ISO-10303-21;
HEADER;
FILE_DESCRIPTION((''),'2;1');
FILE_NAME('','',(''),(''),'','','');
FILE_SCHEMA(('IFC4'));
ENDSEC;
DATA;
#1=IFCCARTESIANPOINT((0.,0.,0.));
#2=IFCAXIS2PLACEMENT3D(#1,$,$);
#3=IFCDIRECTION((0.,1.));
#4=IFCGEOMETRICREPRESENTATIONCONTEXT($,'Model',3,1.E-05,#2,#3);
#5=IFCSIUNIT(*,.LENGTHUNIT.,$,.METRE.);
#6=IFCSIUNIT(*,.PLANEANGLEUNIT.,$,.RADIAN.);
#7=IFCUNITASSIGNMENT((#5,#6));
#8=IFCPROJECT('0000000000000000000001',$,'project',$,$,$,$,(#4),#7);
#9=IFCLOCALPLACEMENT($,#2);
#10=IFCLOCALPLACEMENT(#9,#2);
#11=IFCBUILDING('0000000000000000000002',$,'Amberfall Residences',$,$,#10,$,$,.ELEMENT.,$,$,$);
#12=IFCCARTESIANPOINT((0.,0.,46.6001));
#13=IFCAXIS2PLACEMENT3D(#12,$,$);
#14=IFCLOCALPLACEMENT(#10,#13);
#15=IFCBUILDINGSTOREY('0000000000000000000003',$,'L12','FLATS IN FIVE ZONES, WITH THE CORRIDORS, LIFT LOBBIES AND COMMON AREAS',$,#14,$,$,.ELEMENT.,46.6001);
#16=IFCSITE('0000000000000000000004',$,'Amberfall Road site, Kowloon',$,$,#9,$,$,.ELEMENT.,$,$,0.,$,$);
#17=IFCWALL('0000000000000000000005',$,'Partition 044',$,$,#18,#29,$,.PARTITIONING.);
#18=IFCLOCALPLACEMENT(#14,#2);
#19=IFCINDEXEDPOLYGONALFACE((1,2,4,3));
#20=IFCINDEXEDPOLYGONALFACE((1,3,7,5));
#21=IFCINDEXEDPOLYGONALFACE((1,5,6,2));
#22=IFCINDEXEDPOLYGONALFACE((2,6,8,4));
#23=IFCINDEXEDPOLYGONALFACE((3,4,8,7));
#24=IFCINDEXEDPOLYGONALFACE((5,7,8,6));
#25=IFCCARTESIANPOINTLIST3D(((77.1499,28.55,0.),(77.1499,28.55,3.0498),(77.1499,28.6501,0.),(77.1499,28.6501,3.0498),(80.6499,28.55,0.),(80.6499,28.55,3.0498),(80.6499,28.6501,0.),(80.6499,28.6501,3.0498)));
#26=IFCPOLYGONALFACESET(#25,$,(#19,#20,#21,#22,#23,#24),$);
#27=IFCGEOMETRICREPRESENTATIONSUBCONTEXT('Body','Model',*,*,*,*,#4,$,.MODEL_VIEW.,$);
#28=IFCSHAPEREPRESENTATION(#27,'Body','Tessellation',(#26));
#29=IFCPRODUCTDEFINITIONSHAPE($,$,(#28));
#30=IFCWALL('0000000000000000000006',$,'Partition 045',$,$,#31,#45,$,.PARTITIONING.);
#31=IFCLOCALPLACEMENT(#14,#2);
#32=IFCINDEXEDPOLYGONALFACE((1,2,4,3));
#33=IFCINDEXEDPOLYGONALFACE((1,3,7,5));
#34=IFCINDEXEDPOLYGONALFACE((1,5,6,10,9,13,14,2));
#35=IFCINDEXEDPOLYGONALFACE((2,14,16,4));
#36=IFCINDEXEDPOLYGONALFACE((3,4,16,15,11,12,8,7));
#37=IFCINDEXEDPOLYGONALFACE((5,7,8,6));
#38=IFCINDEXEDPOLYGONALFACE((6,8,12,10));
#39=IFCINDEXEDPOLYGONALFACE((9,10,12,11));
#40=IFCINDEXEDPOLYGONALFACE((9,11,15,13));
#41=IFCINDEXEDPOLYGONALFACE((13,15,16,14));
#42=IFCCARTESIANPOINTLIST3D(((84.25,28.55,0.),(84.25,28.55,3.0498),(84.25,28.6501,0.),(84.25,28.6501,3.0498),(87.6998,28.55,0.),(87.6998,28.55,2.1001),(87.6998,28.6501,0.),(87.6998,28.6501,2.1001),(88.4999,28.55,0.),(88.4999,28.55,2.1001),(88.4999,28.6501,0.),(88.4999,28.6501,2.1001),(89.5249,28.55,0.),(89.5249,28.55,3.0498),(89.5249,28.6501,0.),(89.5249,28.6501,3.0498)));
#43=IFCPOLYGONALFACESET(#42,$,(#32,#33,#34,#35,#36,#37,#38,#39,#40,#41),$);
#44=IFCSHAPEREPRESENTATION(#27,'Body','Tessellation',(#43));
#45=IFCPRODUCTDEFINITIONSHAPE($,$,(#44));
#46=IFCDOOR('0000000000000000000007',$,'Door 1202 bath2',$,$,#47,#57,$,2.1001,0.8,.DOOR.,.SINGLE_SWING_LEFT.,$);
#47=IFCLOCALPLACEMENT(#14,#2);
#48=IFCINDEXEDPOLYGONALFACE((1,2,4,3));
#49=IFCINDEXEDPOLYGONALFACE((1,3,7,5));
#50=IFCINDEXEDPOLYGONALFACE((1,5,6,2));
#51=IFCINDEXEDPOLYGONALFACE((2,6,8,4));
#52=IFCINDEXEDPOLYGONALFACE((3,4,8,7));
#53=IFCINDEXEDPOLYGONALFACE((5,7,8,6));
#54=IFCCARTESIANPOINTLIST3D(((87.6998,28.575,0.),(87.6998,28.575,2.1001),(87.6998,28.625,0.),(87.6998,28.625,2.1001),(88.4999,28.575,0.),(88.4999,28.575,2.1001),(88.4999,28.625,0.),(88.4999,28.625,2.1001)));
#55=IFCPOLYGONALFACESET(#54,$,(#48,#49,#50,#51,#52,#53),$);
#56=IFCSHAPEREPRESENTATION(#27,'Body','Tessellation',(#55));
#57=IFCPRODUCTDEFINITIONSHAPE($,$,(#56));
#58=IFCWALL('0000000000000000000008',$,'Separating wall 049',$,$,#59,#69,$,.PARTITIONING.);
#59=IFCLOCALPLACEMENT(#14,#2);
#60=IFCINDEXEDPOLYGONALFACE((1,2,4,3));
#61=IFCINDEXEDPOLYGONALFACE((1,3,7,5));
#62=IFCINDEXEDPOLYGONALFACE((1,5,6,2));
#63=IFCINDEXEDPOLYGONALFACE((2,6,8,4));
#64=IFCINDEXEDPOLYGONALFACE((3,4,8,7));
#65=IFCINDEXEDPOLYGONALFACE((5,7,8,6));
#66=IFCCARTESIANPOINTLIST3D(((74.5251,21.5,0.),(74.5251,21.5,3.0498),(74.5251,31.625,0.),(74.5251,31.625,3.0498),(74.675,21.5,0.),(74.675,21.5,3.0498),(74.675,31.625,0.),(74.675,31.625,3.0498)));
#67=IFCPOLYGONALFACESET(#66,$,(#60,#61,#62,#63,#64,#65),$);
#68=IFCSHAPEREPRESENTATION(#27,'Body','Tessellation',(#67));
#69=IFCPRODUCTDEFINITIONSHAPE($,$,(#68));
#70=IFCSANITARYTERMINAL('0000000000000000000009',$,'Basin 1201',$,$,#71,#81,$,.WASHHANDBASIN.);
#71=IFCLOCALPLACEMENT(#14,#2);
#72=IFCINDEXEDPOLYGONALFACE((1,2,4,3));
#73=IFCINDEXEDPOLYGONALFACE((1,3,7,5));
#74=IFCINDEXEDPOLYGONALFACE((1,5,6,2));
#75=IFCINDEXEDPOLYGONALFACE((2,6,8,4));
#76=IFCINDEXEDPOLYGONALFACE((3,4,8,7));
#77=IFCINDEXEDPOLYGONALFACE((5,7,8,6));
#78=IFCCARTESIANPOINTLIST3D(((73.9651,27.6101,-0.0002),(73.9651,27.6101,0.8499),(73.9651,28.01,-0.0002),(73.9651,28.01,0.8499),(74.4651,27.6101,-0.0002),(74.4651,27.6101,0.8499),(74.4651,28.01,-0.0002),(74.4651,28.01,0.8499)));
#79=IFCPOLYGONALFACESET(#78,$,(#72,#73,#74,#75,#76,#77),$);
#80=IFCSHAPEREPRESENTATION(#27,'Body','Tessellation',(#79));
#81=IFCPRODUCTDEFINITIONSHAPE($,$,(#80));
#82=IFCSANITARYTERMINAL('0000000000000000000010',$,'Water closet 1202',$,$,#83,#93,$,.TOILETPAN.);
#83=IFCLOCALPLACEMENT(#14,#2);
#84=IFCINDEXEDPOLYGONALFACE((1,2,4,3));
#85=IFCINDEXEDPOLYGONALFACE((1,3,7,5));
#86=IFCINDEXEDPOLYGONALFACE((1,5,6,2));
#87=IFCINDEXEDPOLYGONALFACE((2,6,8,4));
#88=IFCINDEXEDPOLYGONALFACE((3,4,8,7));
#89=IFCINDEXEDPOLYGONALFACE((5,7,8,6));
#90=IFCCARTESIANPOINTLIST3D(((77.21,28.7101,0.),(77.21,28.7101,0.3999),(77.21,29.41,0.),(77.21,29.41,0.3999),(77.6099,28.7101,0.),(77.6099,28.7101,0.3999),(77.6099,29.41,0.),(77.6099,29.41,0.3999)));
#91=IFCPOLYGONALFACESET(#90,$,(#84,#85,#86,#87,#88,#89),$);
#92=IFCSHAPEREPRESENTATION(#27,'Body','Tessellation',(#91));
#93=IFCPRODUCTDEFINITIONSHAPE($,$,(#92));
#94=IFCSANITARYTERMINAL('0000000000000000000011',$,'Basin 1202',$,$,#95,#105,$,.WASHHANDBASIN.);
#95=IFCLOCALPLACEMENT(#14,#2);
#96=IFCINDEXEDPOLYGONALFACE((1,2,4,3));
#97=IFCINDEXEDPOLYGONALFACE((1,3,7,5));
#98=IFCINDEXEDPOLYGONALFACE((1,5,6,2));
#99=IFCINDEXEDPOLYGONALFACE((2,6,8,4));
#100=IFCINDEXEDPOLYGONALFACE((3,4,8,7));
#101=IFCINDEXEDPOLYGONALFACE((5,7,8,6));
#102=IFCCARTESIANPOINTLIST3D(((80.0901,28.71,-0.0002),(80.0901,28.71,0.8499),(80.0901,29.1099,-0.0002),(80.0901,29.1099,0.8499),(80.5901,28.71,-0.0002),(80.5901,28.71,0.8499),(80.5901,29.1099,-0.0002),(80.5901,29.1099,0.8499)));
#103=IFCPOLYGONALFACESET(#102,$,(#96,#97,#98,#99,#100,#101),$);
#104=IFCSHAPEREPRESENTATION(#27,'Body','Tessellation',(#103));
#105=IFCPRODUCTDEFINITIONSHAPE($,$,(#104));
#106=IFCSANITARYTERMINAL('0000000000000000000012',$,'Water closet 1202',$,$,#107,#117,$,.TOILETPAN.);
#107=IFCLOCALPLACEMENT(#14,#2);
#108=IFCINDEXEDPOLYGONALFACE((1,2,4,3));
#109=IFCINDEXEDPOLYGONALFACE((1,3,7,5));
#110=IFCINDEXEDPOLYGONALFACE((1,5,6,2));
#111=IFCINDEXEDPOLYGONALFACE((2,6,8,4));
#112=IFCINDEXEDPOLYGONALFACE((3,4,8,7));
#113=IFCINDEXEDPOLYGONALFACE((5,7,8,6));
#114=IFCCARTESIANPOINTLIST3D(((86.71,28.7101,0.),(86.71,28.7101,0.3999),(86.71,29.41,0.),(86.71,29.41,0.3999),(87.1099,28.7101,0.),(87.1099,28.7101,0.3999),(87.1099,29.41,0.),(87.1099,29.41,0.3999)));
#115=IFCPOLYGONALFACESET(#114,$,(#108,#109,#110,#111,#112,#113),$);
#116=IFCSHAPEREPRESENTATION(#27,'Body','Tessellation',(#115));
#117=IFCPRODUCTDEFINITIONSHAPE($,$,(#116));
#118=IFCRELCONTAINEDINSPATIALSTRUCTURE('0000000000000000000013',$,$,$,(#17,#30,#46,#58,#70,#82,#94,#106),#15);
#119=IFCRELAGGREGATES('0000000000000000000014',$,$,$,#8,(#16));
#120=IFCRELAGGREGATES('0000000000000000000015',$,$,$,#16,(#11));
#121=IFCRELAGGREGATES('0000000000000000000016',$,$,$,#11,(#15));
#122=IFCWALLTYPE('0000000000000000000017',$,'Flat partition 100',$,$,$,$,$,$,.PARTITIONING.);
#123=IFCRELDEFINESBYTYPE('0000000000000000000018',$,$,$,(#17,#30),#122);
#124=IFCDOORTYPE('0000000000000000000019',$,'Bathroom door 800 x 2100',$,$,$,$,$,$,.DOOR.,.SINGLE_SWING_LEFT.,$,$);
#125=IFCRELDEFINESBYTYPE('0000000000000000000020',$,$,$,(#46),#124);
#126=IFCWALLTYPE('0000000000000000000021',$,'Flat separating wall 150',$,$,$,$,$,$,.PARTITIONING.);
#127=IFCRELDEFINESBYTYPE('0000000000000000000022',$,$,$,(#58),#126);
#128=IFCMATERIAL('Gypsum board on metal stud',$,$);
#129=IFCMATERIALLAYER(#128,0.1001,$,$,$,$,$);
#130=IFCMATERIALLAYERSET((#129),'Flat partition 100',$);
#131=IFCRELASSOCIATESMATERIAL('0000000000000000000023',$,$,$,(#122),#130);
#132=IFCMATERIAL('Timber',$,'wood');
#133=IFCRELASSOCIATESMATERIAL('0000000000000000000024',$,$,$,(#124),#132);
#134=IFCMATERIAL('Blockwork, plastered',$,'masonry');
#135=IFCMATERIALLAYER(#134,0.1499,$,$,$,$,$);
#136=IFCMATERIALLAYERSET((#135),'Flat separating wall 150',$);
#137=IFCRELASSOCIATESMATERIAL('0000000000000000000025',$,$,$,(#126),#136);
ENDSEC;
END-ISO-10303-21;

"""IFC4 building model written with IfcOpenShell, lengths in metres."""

from ifc_helpers import new_model, si_unit, direction, frame, frame_2d, origin, origin_2d, place, context, subcontext, project, spatial, rectangle, extrude, material, layer, layer_set, type_object, element, fill, save


model = new_model("IFC4")

# Units and contexts
model_context = context("Model", 3, precision=1e-05, world=origin(), true_north=direction((0.0, 1.0)))
body_context = subcontext(model_context, "Body", "Model", "MODEL_VIEW")
ifc_project = project(units=[si_unit("LENGTHUNIT", "METRE"), si_unit("PLANEANGLEUNIT", "RADIAN")], contexts=[model_context])

# Site, building, storey
site_placement = place(None, origin())
site = spatial("IfcSite", under=ifc_project, at=site_placement, Name="Amberfall Road site, Kowloon", CompositionType="ELEMENT", RefElevation=0.0)
building_placement = place(site_placement, origin())
building = spatial("IfcBuilding", under=site, at=building_placement, Name="Amberfall Residences", CompositionType="ELEMENT")
storey_placement = place(building_placement, frame((0.0, 0.0, 46.6001)))
storey = spatial("IfcBuildingStorey", under=building, at=storey_placement, Name="L12", Description="FLATS IN FIVE ZONES, WITH THE CORRIDORS, LIFT LOBBIES AND COMMON AREAS", CompositionType="ELEMENT", Elevation=46.6001)

# Shared definitions
ifc_material_1 = material(Name="Gypsum board on metal stud")
ifc_layer_1 = layer(ifc_material_1, 0.1001)
ifc_layer_set_1 = layer_set([ifc_layer_1], Name="Flat partition 100")
wall_type_1 = type_object("IfcWallType", Name="Flat partition 100", PredefinedType="PARTITIONING", material=ifc_layer_set_1)

# Shared definitions
ifc_material_2 = material(Name="Timber", Category="wood")
door_type_1 = type_object("IfcDoorType", Name="Bathroom door 800 x 2100", OperationType="SINGLE_SWING_LEFT", PredefinedType="DOOR", material=ifc_material_2)

# Wall
wall_1_placement = place(storey_placement, frame((77.1499, 28.6001, 0.0), z_axis=(0.0, 0.0, 1.0), x_axis=(1.0, 0.0, 0.0)))
element("IfcWall", 1, at=wall_1_placement, inside=storey, type_object=wall_type_1, Name="Partition 044", PredefinedType="PARTITIONING", context=body_context, shape_type="SweptSolid", body=[
    extrude(rectangle(XDim=3.5, YDim=0.1001, at=frame_2d((1.75, 0.0))), origin(), (0.0, 0.0, 1.0), 3.0498),
])

# Wall, opening, door
wall_2_placement = place(storey_placement, frame((84.25, 28.6001, 0.0), z_axis=(0.0, 0.0, 1.0), x_axis=(1.0, 0.0, 0.0)))
wall_2 = element("IfcWall", 2, at=wall_2_placement, inside=storey, type_object=wall_type_1, Name="Partition 045", PredefinedType="PARTITIONING", context=body_context, shape_type="SweptSolid", body=[
    extrude(rectangle(XDim=5.2749, YDim=0.1001, at=frame_2d((2.6375, 0.0))), origin(), (0.0, 0.0, 1.0), 3.0498),
])
opening_1_placement = place(wall_2_placement, frame((3.45, 0.0, 0.0)))
opening_1 = element("IfcOpeningElement", 3, at=opening_1_placement, cuts=wall_2, PredefinedType="OPENING", context=body_context, shape_type="SweptSolid", body=[
    extrude(rectangle(XDim=0.8, YDim=2.1001, at=frame_2d((0.3999, 1.05))), frame((0.0, 0.0601, 0.0), z_axis=(0.0, -1.0, 0.0), x_axis=(1.0, 0.0, 0.0)), (0.0, 0.0, 1.0), 0.1201),
])
door_1_placement = place(opening_1_placement, origin())
door_1 = element("IfcDoor", 4, at=door_1_placement, inside=storey, type_object=door_type_1, Name="Door 1202 bath2", OperationType="SINGLE_SWING_LEFT", OverallHeight=2.1001, OverallWidth=0.8, PredefinedType="DOOR", context=body_context, shape_type="SweptSolid", body=[
    extrude(rectangle(XDim=0.8, YDim=2.1001, at=frame_2d((0.3999, 1.05))), frame((0.0, 0.0249, 0.0), z_axis=(0.0, -1.0, 0.0), x_axis=(1.0, 0.0, 0.0)), (0.0, 0.0, 1.0), 0.05),
])
fill(opening_1, door_1)

# Wall
ifc_material_3 = material(Name="Blockwork, plastered", Category="masonry")
ifc_layer_2 = layer(ifc_material_3, 0.1499)
ifc_layer_set_2 = layer_set([ifc_layer_2], Name="Flat separating wall 150")
wall_type_2 = type_object("IfcWallType", Name="Flat separating wall 150", PredefinedType="PARTITIONING", material=ifc_layer_set_2)
wall_3_placement = place(storey_placement, frame((74.6001, 21.5, 0.0), z_axis=(0.0, 0.0, 1.0), x_axis=(0.0, 1.0, 0.0)))
element("IfcWall", 5, at=wall_3_placement, inside=storey, type_object=wall_type_2, Name="Separating wall 049", PredefinedType="PARTITIONING", context=body_context, shape_type="SweptSolid", body=[
    extrude(rectangle(XDim=10.125, YDim=0.1499, at=frame_2d((5.0625, 0.0))), origin(), (0.0, 0.0, 1.0), 3.0498),
])

# Sanitary terminals
sanitary_terminal_1_placement = place(storey_placement, frame((74.2151, 27.8101, -0.0002), z_axis=(0.0, 0.0, 1.0), x_axis=(1.0, 0.0, 0.0)))
element("IfcSanitaryTerminal", 6, at=sanitary_terminal_1_placement, inside=storey, Name="Basin 1201", PredefinedType="WASHHANDBASIN", context=body_context, shape_type="SweptSolid", body=[
    extrude(rectangle(XDim=0.5, YDim=0.3999, at=origin_2d()), origin(), (0.0, 0.0, 1.0), 0.8501),
])
sanitary_terminal_2_placement = place(storey_placement, frame((77.4099, 29.0601, 0.0), z_axis=(0.0, 0.0, 1.0), x_axis=(1.0, 0.0, 0.0)))
element("IfcSanitaryTerminal", 7, at=sanitary_terminal_2_placement, inside=storey, Name="Water closet 1202", PredefinedType="TOILETPAN", context=body_context, shape_type="SweptSolid", body=[
    extrude(rectangle(XDim=0.3999, YDim=0.7, at=origin_2d()), origin(), (0.0, 0.0, 1.0), 0.3999),
])
sanitary_terminal_3_placement = place(storey_placement, frame((80.3401, 28.9099, -0.0002), z_axis=(0.0, 0.0, 1.0), x_axis=(1.0, 0.0, 0.0)))
element("IfcSanitaryTerminal", 8, at=sanitary_terminal_3_placement, inside=storey, Name="Basin 1202", PredefinedType="WASHHANDBASIN", context=body_context, shape_type="SweptSolid", body=[
    extrude(rectangle(XDim=0.5, YDim=0.3999, at=origin_2d()), origin(), (0.0, 0.0, 1.0), 0.8501),
])
sanitary_terminal_4_placement = place(storey_placement, frame((86.9099, 29.0601, 0.0), z_axis=(0.0, 0.0, 1.0), x_axis=(1.0, 0.0, 0.0)))
element("IfcSanitaryTerminal", 9, at=sanitary_terminal_4_placement, inside=storey, Name="Water closet 1202", PredefinedType="TOILETPAN", context=body_context, shape_type="SweptSolid", body=[
    extrude(rectangle(XDim=0.3999, YDim=0.7, at=origin_2d()), origin(), (0.0, 0.0, 1.0), 0.3999),
])

save(model, "model.ifc")
